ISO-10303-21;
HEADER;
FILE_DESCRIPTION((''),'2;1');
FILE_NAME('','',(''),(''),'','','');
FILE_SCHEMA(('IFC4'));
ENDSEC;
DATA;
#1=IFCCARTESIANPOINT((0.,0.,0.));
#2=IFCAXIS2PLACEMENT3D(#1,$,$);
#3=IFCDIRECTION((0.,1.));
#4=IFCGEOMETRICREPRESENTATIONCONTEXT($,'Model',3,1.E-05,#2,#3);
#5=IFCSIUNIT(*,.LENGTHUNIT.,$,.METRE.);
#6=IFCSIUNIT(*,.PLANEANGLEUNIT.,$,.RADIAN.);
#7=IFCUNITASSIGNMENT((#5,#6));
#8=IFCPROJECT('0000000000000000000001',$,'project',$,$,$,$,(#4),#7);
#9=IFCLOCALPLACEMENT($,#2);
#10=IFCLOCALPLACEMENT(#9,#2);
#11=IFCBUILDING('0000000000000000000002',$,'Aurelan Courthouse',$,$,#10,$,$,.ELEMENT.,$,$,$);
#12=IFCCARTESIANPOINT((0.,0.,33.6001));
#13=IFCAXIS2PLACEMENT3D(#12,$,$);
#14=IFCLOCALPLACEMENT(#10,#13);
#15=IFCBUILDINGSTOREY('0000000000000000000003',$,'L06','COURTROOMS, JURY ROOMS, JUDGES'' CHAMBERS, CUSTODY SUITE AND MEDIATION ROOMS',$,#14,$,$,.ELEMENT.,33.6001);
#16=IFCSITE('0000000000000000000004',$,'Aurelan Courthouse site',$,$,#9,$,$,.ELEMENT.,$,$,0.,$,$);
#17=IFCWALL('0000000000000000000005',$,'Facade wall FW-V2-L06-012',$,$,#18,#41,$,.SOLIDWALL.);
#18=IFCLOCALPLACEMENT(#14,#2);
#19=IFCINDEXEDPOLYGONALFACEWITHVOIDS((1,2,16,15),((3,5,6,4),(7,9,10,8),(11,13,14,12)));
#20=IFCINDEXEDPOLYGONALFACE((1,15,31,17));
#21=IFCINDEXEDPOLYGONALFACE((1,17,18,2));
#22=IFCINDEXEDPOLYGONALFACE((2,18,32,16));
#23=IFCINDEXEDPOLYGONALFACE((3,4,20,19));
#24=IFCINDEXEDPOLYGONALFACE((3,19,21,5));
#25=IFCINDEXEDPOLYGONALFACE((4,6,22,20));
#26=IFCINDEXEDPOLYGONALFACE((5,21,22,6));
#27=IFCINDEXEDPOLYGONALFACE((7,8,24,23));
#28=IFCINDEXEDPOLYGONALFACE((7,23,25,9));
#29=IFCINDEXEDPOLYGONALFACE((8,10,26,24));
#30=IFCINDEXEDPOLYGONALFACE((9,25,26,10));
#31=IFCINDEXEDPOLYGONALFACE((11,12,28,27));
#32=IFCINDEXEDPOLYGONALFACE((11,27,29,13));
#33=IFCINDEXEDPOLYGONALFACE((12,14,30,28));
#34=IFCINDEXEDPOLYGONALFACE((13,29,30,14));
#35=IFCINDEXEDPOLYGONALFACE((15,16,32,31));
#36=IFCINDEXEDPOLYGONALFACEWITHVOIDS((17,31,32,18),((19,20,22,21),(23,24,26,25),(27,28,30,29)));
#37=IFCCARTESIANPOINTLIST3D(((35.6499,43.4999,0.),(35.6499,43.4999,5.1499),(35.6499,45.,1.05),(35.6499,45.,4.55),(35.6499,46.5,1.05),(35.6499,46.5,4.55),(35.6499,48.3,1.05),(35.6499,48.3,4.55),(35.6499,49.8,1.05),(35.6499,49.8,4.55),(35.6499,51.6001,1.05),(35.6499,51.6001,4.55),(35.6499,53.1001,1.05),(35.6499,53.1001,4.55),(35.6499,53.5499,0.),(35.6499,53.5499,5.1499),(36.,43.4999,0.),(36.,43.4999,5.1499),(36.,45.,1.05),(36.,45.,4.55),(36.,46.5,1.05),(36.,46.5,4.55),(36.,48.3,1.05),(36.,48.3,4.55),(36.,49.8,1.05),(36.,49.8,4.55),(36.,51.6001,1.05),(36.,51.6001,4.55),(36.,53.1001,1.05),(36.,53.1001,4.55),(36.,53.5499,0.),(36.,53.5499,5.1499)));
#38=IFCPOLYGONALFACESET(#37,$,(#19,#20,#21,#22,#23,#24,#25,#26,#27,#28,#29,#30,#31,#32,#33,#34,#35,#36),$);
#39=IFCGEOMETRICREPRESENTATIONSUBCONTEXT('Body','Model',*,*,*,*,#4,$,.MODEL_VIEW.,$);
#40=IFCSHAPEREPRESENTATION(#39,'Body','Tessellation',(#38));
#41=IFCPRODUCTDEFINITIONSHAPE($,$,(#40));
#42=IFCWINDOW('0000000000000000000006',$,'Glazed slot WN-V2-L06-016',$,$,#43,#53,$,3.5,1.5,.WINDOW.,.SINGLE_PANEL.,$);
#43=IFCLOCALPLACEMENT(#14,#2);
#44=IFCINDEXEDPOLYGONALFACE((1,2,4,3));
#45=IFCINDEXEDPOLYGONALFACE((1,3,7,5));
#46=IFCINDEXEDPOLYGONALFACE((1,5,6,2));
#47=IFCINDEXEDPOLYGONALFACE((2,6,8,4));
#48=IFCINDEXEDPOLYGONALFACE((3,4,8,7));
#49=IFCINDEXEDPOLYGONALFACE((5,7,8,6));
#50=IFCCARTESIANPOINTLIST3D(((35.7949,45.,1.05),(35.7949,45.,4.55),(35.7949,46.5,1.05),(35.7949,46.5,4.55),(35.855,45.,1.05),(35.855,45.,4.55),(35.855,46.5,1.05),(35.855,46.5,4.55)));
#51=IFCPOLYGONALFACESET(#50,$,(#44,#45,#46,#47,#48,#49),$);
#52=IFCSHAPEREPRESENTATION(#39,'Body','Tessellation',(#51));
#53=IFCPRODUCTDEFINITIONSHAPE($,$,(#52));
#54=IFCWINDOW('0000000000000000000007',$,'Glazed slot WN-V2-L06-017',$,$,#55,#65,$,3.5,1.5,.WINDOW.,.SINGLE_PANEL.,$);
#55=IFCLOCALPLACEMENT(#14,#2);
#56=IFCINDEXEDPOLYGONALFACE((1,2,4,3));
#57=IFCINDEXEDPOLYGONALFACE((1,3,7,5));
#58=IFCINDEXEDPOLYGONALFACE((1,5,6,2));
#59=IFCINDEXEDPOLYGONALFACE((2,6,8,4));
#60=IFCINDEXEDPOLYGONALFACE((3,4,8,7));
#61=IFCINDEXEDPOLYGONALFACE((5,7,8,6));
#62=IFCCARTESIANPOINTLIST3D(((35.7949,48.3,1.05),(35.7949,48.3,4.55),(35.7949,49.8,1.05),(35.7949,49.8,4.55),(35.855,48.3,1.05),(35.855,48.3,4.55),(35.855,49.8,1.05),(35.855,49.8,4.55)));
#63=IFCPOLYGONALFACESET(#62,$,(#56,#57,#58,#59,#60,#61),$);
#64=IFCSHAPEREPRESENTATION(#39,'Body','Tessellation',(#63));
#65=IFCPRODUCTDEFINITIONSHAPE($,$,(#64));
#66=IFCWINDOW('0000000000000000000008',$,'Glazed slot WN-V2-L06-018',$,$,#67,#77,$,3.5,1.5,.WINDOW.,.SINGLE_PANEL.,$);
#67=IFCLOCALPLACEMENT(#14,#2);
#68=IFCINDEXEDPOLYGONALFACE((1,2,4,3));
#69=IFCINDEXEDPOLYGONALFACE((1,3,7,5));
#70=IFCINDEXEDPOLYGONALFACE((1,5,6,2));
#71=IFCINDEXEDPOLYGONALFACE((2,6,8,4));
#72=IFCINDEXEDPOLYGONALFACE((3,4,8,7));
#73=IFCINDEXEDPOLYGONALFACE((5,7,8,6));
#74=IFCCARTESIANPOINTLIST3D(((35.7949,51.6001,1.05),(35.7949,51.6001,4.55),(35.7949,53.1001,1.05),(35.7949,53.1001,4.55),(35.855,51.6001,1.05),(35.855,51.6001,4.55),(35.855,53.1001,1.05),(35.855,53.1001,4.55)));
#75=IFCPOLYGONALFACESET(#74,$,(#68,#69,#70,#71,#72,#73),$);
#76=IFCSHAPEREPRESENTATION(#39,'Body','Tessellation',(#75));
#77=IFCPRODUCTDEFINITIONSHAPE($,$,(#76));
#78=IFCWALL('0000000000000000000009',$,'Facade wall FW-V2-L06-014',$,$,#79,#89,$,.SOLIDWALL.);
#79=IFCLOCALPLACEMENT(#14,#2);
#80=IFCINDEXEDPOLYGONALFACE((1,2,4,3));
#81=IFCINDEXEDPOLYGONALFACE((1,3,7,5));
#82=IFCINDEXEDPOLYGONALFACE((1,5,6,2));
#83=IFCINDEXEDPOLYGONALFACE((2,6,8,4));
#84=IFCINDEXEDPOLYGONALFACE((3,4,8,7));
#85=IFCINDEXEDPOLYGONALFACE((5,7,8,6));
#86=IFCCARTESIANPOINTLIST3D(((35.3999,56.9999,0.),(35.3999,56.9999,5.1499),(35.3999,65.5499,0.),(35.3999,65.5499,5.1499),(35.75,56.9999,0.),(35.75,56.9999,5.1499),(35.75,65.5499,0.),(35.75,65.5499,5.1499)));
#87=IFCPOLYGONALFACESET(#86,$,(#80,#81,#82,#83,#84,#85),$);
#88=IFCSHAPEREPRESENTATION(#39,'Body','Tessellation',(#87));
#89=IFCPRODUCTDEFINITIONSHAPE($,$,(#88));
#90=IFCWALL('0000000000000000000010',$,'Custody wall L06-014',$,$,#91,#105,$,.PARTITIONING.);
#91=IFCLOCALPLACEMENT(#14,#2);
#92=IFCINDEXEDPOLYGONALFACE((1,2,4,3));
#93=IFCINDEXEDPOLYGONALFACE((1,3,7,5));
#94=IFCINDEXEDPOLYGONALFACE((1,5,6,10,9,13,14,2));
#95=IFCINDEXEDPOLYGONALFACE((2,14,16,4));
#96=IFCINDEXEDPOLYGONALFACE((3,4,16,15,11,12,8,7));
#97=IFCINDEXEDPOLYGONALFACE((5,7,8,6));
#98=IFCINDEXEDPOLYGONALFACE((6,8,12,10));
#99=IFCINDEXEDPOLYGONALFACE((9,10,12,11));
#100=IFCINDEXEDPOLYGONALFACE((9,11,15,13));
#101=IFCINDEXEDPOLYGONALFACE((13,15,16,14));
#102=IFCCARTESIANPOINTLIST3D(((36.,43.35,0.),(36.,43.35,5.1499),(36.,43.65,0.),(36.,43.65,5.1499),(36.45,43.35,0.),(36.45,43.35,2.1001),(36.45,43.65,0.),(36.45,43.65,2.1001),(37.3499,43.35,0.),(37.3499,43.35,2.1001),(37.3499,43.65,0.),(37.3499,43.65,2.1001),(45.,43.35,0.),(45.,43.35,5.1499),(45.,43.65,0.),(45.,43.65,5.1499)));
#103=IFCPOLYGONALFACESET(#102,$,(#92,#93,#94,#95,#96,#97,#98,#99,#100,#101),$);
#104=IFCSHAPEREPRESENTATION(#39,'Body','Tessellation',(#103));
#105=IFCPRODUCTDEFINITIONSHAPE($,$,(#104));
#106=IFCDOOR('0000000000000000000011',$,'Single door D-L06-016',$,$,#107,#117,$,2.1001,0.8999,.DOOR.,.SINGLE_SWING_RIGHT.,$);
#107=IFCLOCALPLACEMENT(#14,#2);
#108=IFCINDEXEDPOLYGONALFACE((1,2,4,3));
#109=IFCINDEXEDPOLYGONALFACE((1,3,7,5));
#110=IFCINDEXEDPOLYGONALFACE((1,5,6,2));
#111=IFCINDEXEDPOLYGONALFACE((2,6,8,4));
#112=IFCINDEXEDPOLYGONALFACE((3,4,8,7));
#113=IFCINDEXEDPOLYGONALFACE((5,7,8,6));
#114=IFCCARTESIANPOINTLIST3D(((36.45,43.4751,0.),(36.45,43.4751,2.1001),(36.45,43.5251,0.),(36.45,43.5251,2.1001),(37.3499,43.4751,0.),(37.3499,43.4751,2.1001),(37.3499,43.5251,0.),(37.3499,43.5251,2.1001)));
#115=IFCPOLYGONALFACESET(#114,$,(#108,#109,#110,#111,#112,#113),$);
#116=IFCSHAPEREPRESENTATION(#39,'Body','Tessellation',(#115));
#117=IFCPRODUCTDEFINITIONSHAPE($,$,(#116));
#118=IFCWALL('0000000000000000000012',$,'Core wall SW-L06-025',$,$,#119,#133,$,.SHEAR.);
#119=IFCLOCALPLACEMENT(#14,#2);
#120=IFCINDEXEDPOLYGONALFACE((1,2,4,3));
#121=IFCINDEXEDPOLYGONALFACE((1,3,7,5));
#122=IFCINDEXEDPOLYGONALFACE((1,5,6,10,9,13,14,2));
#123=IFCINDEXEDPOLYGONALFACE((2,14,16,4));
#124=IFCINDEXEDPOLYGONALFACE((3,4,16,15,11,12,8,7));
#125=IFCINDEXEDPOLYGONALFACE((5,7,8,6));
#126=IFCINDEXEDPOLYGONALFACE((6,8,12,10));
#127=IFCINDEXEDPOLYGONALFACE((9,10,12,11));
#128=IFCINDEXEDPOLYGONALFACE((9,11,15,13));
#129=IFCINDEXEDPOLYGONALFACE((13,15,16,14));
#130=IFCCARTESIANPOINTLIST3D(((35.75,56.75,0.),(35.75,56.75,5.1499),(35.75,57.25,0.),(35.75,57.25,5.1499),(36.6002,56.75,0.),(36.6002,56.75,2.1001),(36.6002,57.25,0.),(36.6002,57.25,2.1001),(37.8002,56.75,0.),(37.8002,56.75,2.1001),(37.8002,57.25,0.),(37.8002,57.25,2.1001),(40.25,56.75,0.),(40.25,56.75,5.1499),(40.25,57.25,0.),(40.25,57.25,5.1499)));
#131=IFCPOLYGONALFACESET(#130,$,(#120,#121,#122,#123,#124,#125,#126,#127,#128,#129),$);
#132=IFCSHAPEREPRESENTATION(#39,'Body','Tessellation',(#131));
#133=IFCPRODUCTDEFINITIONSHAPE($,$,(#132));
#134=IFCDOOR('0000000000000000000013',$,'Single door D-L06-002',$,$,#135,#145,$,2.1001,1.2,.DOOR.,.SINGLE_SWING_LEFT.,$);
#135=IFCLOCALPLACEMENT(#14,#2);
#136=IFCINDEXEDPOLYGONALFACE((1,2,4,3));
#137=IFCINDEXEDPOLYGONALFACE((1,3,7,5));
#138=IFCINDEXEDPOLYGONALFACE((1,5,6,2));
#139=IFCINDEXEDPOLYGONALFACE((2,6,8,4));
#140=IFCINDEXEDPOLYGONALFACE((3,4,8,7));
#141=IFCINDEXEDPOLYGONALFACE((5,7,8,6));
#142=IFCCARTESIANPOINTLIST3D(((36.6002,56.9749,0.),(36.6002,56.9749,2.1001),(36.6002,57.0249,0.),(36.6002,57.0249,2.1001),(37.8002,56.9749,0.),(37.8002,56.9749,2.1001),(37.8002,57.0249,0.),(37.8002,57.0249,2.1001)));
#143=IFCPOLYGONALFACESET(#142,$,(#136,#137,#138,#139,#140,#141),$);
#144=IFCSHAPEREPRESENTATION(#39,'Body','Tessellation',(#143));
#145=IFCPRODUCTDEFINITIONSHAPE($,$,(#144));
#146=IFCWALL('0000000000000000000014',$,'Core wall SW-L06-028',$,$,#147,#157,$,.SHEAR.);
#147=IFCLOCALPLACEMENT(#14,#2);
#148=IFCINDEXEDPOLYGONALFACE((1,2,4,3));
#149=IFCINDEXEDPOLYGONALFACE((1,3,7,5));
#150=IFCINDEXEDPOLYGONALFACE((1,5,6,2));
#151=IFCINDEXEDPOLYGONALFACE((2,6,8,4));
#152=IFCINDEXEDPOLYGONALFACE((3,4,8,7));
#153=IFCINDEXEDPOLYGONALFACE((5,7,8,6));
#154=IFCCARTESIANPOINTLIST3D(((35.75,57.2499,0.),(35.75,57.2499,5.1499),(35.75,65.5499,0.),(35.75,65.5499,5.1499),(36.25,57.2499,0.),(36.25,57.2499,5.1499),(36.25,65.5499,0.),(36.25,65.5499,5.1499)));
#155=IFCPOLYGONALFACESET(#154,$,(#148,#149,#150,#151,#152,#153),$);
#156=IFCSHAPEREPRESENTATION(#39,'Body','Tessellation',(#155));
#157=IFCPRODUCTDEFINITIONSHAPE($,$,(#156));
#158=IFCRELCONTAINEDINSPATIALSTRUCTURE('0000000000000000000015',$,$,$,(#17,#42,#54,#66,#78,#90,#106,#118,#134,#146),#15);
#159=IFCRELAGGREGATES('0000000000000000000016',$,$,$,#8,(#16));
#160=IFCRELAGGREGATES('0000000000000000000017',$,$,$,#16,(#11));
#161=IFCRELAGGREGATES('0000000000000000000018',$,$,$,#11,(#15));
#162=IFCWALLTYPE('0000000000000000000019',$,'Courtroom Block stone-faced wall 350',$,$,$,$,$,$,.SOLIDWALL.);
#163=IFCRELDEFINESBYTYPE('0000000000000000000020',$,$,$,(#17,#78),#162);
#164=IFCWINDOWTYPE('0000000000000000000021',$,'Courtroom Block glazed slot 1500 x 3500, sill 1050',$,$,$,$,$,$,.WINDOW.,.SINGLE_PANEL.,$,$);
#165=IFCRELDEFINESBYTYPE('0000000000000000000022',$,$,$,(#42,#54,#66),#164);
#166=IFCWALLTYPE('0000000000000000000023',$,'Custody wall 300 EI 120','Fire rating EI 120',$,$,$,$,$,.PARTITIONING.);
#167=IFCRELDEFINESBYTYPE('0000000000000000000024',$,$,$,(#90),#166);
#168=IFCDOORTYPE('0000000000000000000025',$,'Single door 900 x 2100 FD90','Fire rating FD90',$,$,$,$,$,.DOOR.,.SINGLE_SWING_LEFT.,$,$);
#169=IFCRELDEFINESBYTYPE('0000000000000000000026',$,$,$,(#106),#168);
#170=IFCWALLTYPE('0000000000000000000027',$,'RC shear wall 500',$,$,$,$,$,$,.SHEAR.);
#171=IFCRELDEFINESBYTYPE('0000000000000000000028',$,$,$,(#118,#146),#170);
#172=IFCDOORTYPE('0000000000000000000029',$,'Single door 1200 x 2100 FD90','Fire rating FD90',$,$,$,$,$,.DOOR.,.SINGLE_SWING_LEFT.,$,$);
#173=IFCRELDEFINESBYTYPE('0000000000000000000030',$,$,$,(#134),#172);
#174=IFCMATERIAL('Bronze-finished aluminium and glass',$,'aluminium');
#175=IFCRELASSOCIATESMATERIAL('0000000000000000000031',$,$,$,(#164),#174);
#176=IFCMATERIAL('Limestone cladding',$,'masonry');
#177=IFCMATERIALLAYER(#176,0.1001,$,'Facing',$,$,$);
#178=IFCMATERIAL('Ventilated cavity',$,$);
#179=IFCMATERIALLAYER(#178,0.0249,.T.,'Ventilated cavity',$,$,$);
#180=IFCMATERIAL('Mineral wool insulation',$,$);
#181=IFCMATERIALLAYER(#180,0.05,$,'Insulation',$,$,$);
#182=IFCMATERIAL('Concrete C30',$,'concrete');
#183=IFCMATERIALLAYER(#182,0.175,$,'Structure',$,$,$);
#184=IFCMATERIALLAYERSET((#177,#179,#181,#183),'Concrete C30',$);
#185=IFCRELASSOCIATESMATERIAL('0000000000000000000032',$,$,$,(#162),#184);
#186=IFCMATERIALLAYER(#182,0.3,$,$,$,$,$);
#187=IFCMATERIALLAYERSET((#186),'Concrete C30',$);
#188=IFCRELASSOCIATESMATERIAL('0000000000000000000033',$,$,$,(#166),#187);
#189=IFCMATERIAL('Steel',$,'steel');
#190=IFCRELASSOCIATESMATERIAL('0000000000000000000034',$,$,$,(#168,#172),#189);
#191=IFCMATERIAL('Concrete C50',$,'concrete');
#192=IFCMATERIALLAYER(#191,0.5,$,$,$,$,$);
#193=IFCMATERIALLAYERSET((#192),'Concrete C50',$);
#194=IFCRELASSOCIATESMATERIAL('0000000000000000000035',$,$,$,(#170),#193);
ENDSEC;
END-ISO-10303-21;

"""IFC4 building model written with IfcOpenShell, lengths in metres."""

from ifc_helpers import new_model, si_unit, direction, frame, frame_2d, origin, place, context, subcontext, project, spatial, rectangle, extrude, material, layer, layer_set, type_object, element, fill, save


model = new_model("IFC4")

# Units and contexts
model_context = context("Model", 3, precision=1e-05, world=origin(), true_north=direction((0.0, 1.0)))
body_context = subcontext(model_context, "Body", "Model", "MODEL_VIEW")
ifc_project = project(units=[si_unit("LENGTHUNIT", "METRE"), si_unit("PLANEANGLEUNIT", "RADIAN")], contexts=[model_context])

# Site, building, storey
site_placement = place(None, origin())
site = spatial("IfcSite", under=ifc_project, at=site_placement, Name="Aurelan Courthouse site", CompositionType="ELEMENT", RefElevation=0.0)
building_placement = place(site_placement, origin())
building = spatial("IfcBuilding", under=site, at=building_placement, Name="Aurelan Courthouse", CompositionType="ELEMENT")
storey_placement = place(building_placement, frame((0.0, 0.0, 33.6001)))
storey = spatial("IfcBuildingStorey", under=building, at=storey_placement, Name="L06", Description="COURTROOMS, JURY ROOMS, JUDGES' CHAMBERS, CUSTODY SUITE AND MEDIATION ROOMS", CompositionType="ELEMENT", Elevation=33.6001)

# Shared definitions
ifc_material_1 = material(Name="Concrete C50", Category="concrete")

# Shared definitions
ifc_material_2 = material(Name="Limestone cladding", Category="masonry")
ifc_material_3 = material(Name="Ventilated cavity")
ifc_material_4 = material(Name="Mineral wool insulation")
ifc_material_5 = material(Name="Concrete C30", Category="concrete")
ifc_material_6 = material(Name="Bronze-finished aluminium and glass", Category="aluminium")
window_type = type_object("IfcWindowType", Name="Courtroom Block glazed slot 1500 x 3500, sill 1050", PartitioningType="SINGLE_PANEL", PredefinedType="WINDOW", material=ifc_material_6)

# Wall, openings, windows
ifc_layer_1 = layer(ifc_material_2, 0.1001, Name="Facing")
ifc_layer_2 = layer(ifc_material_3, 0.0249, ventilated=True, Name="Ventilated cavity")
ifc_layer_3 = layer(ifc_material_4, 0.05, Name="Insulation")
ifc_layer_4 = layer(ifc_material_5, 0.175, Name="Structure")
ifc_layer_set_1 = layer_set([ifc_layer_1, ifc_layer_2, ifc_layer_3, ifc_layer_4], Name="Concrete C30")
wall_type_1 = type_object("IfcWallType", Name="Courtroom Block stone-faced wall 350", PredefinedType="SOLIDWALL", material=ifc_layer_set_1)
wall_1_placement = place(storey_placement, frame((35.825, 43.5, 0.0), z_axis=(0.0, 0.0, 1.0), x_axis=(0.0, 1.0, 0.0)))
wall_1 = element("IfcWall", 1, at=wall_1_placement, inside=storey, type_object=wall_type_1, Name="Facade wall FW-V2-L06-012", PredefinedType="SOLIDWALL", context=body_context, shape_type="SweptSolid", body=[
    extrude(rectangle(XDim=10.05, YDim=0.3501, at=frame_2d((5.0249, 0.0))), origin(), (0.0, 0.0, 1.0), 5.1499),
])
opening_1_placement = place(wall_1_placement, frame((1.5, 0.0, 1.05)))
opening_1 = element("IfcOpeningElement", 2, at=opening_1_placement, cuts=wall_1, PredefinedType="OPENING", context=body_context, shape_type="SweptSolid", body=[
    extrude(rectangle(XDim=1.5, YDim=3.5, at=frame_2d((0.75, 1.75))), frame((0.0, 0.1851, 0.0), z_axis=(0.0, -1.0, 0.0), x_axis=(1.0, 0.0, 0.0)), (0.0, 0.0, 1.0), 0.3701),
])
opening_2_placement = place(wall_1_placement, frame((4.8, 0.0, 1.05)))
opening_2 = element("IfcOpeningElement", 3, at=opening_2_placement, cuts=wall_1, PredefinedType="OPENING", context=body_context, shape_type="SweptSolid", body=[
    extrude(rectangle(XDim=1.5, YDim=3.5, at=frame_2d((0.75, 1.75))), frame((0.0, 0.1851, 0.0), z_axis=(0.0, -1.0, 0.0), x_axis=(1.0, 0.0, 0.0)), (0.0, 0.0, 1.0), 0.3701),
])
opening_3_placement = place(wall_1_placement, frame((8.1001, 0.0, 1.05)))
opening_3 = element("IfcOpeningElement", 4, at=opening_3_placement, cuts=wall_1, PredefinedType="OPENING", context=body_context, shape_type="SweptSolid", body=[
    extrude(rectangle(XDim=1.5, YDim=3.5, at=frame_2d((0.75, 1.75))), frame((0.0, 0.1851, 0.0), z_axis=(0.0, -1.0, 0.0), x_axis=(1.0, 0.0, 0.0)), (0.0, 0.0, 1.0), 0.3701),
])
window_1_placement = place(opening_1_placement, origin())
window_1 = element("IfcWindow", 5, at=window_1_placement, inside=storey, type_object=window_type, Name="Glazed slot WN-V2-L06-016", OverallHeight=3.5, OverallWidth=1.5, PartitioningType="SINGLE_PANEL", PredefinedType="WINDOW", context=body_context, shape_type="SweptSolid", body=[
    extrude(rectangle(XDim=1.5, YDim=3.5, at=frame_2d((0.75, 1.75))), frame((0.0, 0.03, 0.0), z_axis=(0.0, -1.0, 0.0), x_axis=(1.0, 0.0, 0.0)), (0.0, 0.0, 1.0), 0.0601),
])
fill(opening_1, window_1)
window_2_placement = place(opening_2_placement, origin())
window_2 = element("IfcWindow", 6, at=window_2_placement, inside=storey, type_object=window_type, Name="Glazed slot WN-V2-L06-017", OverallHeight=3.5, OverallWidth=1.5, PartitioningType="SINGLE_PANEL", PredefinedType="WINDOW", context=body_context, shape_type="SweptSolid", body=[
    extrude(rectangle(XDim=1.5, YDim=3.5, at=frame_2d((0.75, 1.75))), frame((0.0, 0.03, 0.0), z_axis=(0.0, -1.0, 0.0), x_axis=(1.0, 0.0, 0.0)), (0.0, 0.0, 1.0), 0.0601),
])
fill(opening_2, window_2)
window_3_placement = place(opening_3_placement, origin())
window_3 = element("IfcWindow", 7, at=window_3_placement, inside=storey, type_object=window_type, Name="Glazed slot WN-V2-L06-018", OverallHeight=3.5, OverallWidth=1.5, PartitioningType="SINGLE_PANEL", PredefinedType="WINDOW", context=body_context, shape_type="SweptSolid", body=[
    extrude(rectangle(XDim=1.5, YDim=3.5, at=frame_2d((0.75, 1.75))), frame((0.0, 0.03, 0.0), z_axis=(0.0, -1.0, 0.0), x_axis=(1.0, 0.0, 0.0)), (0.0, 0.0, 1.0), 0.0601),
])
fill(opening_3, window_3)

# Wall
wall_2_placement = place(storey_placement, frame((35.575, 57.0, 0.0), z_axis=(0.0, 0.0, 1.0), x_axis=(0.0, 1.0, 0.0)))
element("IfcWall", 8, at=wall_2_placement, inside=storey, type_object=wall_type_1, Name="Facade wall FW-V2-L06-014", PredefinedType="SOLIDWALL", context=body_context, shape_type="SweptSolid", body=[
    extrude(rectangle(XDim=8.55, YDim=0.3501, at=frame_2d((4.2749, 0.0))), origin(), (0.0, 0.0, 1.0), 5.1499),
])

# Walls, openings, doors
ifc_layer_5 = layer(ifc_material_5, 0.3)
ifc_layer_set_2 = layer_set([ifc_layer_5], Name="Concrete C30")
wall_type_2 = type_object("IfcWallType", Name="Custody wall 300 EI 120", Description="Fire rating EI 120", PredefinedType="PARTITIONING", material=ifc_layer_set_2)
wall_3_placement = place(storey_placement, frame((36.0, 43.5, 0.0), z_axis=(0.0, 0.0, 1.0), x_axis=(1.0, 0.0, 0.0)))
wall_3 = element("IfcWall", 9, at=wall_3_placement, inside=storey, type_object=wall_type_2, Name="Custody wall L06-014", PredefinedType="PARTITIONING", context=body_context, shape_type="SweptSolid", body=[
    extrude(rectangle(XDim=9.0, YDim=0.3, at=frame_2d((4.5, 0.0))), origin(), (0.0, 0.0, 1.0), 5.1499),
])
opening_4_placement = place(wall_3_placement, frame((1.3499, 0.0, 0.0), z_axis=(0.0, 0.0, 1.0), x_axis=(-1.0, 0.0, 0.0)))
opening_4 = element("IfcOpeningElement", 10, at=opening_4_placement, cuts=wall_3, PredefinedType="OPENING", context=body_context, shape_type="SweptSolid", body=[
    extrude(rectangle(XDim=0.8999, YDim=2.1001, at=frame_2d((0.45, 1.05))), frame((0.0, 0.1599, 0.0), z_axis=(0.0, -1.0, 0.0), x_axis=(1.0, 0.0, 0.0)), (0.0, 0.0, 1.0), 0.3201),
])
ifc_material_7 = material(Name="Steel", Category="steel")
door_type_1 = type_object("IfcDoorType", Name="Single door 900 x 2100 FD90", Description="Fire rating FD90", OperationType="SINGLE_SWING_LEFT", PredefinedType="DOOR", material=ifc_material_7)
door_1_placement = place(opening_4_placement, origin())
door_1 = element("IfcDoor", 11, at=door_1_placement, inside=storey, type_object=door_type_1, Name="Single door D-L06-016", OperationType="SINGLE_SWING_RIGHT", OverallHeight=2.1001, OverallWidth=0.8999, PredefinedType="DOOR", context=body_context, shape_type="SweptSolid", body=[
    extrude(rectangle(XDim=0.8999, YDim=2.1001, at=frame_2d((0.45, 1.05))), frame((0.0, 0.0249, 0.0), z_axis=(0.0, -1.0, 0.0), x_axis=(1.0, 0.0, 0.0)), (0.0, 0.0, 1.0), 0.05),
])
fill(opening_4, door_1)
ifc_layer_6 = layer(ifc_material_1, 0.5)
ifc_layer_set_3 = layer_set([ifc_layer_6], Name="Concrete C50")
wall_type_3 = type_object("IfcWallType", Name="RC shear wall 500", PredefinedType="SHEAR", material=ifc_layer_set_3)
wall_4_placement = place(storey_placement, frame((35.75, 57.0, 0.0), z_axis=(0.0, 0.0, 1.0), x_axis=(1.0, 0.0, 0.0)))
wall_4 = element("IfcWall", 12, at=wall_4_placement, inside=storey, type_object=wall_type_3, Name="Core wall SW-L06-025", PredefinedType="SHEAR", context=body_context, shape_type="SweptSolid", body=[
    extrude(rectangle(XDim=4.5, YDim=0.5, at=frame_2d((2.25, 0.0))), origin(), (0.0, 0.0, 1.0), 5.1499),
])
opening_5_placement = place(wall_4_placement, frame((0.8501, 0.0, 0.0)))
opening_5 = element("IfcOpeningElement", 13, at=opening_5_placement, cuts=wall_4, PredefinedType="OPENING", context=body_context, shape_type="SweptSolid", body=[
    extrude(rectangle(XDim=1.2, YDim=2.1001, at=frame_2d((0.6001, 1.05))), frame((0.0, 0.26, 0.0), z_axis=(0.0, -1.0, 0.0), x_axis=(1.0, 0.0, 0.0)), (0.0, 0.0, 1.0), 0.52),
])
door_type_2 = type_object("IfcDoorType", Name="Single door 1200 x 2100 FD90", Description="Fire rating FD90", OperationType="SINGLE_SWING_LEFT", PredefinedType="DOOR", material=ifc_material_7)
door_2_placement = place(opening_5_placement, origin())
door_2 = element("IfcDoor", 14, at=door_2_placement, inside=storey, type_object=door_type_2, Name="Single door D-L06-002", OperationType="SINGLE_SWING_LEFT", OverallHeight=2.1001, OverallWidth=1.2, PredefinedType="DOOR", context=body_context, shape_type="SweptSolid", body=[
    extrude(rectangle(XDim=1.2, YDim=2.1001, at=frame_2d((0.6001, 1.05))), frame((0.0, 0.0249, 0.0), z_axis=(0.0, -1.0, 0.0), x_axis=(1.0, 0.0, 0.0)), (0.0, 0.0, 1.0), 0.05),
])
fill(opening_5, door_2)

# Wall
wall_5_placement = place(storey_placement, frame((36.0, 57.25, 0.0), z_axis=(0.0, 0.0, 1.0), x_axis=(0.0, 1.0, 0.0)))
element("IfcWall", 15, at=wall_5_placement, inside=storey, type_object=wall_type_3, Name="Core wall SW-L06-028", PredefinedType="SHEAR", context=body_context, shape_type="SweptSolid", body=[
    extrude(rectangle(XDim=8.3, YDim=0.5, at=frame_2d((4.1499, 0.0))), origin(), (0.0, 0.0, 1.0), 5.1499),
])

save(model, "model.ifc")
